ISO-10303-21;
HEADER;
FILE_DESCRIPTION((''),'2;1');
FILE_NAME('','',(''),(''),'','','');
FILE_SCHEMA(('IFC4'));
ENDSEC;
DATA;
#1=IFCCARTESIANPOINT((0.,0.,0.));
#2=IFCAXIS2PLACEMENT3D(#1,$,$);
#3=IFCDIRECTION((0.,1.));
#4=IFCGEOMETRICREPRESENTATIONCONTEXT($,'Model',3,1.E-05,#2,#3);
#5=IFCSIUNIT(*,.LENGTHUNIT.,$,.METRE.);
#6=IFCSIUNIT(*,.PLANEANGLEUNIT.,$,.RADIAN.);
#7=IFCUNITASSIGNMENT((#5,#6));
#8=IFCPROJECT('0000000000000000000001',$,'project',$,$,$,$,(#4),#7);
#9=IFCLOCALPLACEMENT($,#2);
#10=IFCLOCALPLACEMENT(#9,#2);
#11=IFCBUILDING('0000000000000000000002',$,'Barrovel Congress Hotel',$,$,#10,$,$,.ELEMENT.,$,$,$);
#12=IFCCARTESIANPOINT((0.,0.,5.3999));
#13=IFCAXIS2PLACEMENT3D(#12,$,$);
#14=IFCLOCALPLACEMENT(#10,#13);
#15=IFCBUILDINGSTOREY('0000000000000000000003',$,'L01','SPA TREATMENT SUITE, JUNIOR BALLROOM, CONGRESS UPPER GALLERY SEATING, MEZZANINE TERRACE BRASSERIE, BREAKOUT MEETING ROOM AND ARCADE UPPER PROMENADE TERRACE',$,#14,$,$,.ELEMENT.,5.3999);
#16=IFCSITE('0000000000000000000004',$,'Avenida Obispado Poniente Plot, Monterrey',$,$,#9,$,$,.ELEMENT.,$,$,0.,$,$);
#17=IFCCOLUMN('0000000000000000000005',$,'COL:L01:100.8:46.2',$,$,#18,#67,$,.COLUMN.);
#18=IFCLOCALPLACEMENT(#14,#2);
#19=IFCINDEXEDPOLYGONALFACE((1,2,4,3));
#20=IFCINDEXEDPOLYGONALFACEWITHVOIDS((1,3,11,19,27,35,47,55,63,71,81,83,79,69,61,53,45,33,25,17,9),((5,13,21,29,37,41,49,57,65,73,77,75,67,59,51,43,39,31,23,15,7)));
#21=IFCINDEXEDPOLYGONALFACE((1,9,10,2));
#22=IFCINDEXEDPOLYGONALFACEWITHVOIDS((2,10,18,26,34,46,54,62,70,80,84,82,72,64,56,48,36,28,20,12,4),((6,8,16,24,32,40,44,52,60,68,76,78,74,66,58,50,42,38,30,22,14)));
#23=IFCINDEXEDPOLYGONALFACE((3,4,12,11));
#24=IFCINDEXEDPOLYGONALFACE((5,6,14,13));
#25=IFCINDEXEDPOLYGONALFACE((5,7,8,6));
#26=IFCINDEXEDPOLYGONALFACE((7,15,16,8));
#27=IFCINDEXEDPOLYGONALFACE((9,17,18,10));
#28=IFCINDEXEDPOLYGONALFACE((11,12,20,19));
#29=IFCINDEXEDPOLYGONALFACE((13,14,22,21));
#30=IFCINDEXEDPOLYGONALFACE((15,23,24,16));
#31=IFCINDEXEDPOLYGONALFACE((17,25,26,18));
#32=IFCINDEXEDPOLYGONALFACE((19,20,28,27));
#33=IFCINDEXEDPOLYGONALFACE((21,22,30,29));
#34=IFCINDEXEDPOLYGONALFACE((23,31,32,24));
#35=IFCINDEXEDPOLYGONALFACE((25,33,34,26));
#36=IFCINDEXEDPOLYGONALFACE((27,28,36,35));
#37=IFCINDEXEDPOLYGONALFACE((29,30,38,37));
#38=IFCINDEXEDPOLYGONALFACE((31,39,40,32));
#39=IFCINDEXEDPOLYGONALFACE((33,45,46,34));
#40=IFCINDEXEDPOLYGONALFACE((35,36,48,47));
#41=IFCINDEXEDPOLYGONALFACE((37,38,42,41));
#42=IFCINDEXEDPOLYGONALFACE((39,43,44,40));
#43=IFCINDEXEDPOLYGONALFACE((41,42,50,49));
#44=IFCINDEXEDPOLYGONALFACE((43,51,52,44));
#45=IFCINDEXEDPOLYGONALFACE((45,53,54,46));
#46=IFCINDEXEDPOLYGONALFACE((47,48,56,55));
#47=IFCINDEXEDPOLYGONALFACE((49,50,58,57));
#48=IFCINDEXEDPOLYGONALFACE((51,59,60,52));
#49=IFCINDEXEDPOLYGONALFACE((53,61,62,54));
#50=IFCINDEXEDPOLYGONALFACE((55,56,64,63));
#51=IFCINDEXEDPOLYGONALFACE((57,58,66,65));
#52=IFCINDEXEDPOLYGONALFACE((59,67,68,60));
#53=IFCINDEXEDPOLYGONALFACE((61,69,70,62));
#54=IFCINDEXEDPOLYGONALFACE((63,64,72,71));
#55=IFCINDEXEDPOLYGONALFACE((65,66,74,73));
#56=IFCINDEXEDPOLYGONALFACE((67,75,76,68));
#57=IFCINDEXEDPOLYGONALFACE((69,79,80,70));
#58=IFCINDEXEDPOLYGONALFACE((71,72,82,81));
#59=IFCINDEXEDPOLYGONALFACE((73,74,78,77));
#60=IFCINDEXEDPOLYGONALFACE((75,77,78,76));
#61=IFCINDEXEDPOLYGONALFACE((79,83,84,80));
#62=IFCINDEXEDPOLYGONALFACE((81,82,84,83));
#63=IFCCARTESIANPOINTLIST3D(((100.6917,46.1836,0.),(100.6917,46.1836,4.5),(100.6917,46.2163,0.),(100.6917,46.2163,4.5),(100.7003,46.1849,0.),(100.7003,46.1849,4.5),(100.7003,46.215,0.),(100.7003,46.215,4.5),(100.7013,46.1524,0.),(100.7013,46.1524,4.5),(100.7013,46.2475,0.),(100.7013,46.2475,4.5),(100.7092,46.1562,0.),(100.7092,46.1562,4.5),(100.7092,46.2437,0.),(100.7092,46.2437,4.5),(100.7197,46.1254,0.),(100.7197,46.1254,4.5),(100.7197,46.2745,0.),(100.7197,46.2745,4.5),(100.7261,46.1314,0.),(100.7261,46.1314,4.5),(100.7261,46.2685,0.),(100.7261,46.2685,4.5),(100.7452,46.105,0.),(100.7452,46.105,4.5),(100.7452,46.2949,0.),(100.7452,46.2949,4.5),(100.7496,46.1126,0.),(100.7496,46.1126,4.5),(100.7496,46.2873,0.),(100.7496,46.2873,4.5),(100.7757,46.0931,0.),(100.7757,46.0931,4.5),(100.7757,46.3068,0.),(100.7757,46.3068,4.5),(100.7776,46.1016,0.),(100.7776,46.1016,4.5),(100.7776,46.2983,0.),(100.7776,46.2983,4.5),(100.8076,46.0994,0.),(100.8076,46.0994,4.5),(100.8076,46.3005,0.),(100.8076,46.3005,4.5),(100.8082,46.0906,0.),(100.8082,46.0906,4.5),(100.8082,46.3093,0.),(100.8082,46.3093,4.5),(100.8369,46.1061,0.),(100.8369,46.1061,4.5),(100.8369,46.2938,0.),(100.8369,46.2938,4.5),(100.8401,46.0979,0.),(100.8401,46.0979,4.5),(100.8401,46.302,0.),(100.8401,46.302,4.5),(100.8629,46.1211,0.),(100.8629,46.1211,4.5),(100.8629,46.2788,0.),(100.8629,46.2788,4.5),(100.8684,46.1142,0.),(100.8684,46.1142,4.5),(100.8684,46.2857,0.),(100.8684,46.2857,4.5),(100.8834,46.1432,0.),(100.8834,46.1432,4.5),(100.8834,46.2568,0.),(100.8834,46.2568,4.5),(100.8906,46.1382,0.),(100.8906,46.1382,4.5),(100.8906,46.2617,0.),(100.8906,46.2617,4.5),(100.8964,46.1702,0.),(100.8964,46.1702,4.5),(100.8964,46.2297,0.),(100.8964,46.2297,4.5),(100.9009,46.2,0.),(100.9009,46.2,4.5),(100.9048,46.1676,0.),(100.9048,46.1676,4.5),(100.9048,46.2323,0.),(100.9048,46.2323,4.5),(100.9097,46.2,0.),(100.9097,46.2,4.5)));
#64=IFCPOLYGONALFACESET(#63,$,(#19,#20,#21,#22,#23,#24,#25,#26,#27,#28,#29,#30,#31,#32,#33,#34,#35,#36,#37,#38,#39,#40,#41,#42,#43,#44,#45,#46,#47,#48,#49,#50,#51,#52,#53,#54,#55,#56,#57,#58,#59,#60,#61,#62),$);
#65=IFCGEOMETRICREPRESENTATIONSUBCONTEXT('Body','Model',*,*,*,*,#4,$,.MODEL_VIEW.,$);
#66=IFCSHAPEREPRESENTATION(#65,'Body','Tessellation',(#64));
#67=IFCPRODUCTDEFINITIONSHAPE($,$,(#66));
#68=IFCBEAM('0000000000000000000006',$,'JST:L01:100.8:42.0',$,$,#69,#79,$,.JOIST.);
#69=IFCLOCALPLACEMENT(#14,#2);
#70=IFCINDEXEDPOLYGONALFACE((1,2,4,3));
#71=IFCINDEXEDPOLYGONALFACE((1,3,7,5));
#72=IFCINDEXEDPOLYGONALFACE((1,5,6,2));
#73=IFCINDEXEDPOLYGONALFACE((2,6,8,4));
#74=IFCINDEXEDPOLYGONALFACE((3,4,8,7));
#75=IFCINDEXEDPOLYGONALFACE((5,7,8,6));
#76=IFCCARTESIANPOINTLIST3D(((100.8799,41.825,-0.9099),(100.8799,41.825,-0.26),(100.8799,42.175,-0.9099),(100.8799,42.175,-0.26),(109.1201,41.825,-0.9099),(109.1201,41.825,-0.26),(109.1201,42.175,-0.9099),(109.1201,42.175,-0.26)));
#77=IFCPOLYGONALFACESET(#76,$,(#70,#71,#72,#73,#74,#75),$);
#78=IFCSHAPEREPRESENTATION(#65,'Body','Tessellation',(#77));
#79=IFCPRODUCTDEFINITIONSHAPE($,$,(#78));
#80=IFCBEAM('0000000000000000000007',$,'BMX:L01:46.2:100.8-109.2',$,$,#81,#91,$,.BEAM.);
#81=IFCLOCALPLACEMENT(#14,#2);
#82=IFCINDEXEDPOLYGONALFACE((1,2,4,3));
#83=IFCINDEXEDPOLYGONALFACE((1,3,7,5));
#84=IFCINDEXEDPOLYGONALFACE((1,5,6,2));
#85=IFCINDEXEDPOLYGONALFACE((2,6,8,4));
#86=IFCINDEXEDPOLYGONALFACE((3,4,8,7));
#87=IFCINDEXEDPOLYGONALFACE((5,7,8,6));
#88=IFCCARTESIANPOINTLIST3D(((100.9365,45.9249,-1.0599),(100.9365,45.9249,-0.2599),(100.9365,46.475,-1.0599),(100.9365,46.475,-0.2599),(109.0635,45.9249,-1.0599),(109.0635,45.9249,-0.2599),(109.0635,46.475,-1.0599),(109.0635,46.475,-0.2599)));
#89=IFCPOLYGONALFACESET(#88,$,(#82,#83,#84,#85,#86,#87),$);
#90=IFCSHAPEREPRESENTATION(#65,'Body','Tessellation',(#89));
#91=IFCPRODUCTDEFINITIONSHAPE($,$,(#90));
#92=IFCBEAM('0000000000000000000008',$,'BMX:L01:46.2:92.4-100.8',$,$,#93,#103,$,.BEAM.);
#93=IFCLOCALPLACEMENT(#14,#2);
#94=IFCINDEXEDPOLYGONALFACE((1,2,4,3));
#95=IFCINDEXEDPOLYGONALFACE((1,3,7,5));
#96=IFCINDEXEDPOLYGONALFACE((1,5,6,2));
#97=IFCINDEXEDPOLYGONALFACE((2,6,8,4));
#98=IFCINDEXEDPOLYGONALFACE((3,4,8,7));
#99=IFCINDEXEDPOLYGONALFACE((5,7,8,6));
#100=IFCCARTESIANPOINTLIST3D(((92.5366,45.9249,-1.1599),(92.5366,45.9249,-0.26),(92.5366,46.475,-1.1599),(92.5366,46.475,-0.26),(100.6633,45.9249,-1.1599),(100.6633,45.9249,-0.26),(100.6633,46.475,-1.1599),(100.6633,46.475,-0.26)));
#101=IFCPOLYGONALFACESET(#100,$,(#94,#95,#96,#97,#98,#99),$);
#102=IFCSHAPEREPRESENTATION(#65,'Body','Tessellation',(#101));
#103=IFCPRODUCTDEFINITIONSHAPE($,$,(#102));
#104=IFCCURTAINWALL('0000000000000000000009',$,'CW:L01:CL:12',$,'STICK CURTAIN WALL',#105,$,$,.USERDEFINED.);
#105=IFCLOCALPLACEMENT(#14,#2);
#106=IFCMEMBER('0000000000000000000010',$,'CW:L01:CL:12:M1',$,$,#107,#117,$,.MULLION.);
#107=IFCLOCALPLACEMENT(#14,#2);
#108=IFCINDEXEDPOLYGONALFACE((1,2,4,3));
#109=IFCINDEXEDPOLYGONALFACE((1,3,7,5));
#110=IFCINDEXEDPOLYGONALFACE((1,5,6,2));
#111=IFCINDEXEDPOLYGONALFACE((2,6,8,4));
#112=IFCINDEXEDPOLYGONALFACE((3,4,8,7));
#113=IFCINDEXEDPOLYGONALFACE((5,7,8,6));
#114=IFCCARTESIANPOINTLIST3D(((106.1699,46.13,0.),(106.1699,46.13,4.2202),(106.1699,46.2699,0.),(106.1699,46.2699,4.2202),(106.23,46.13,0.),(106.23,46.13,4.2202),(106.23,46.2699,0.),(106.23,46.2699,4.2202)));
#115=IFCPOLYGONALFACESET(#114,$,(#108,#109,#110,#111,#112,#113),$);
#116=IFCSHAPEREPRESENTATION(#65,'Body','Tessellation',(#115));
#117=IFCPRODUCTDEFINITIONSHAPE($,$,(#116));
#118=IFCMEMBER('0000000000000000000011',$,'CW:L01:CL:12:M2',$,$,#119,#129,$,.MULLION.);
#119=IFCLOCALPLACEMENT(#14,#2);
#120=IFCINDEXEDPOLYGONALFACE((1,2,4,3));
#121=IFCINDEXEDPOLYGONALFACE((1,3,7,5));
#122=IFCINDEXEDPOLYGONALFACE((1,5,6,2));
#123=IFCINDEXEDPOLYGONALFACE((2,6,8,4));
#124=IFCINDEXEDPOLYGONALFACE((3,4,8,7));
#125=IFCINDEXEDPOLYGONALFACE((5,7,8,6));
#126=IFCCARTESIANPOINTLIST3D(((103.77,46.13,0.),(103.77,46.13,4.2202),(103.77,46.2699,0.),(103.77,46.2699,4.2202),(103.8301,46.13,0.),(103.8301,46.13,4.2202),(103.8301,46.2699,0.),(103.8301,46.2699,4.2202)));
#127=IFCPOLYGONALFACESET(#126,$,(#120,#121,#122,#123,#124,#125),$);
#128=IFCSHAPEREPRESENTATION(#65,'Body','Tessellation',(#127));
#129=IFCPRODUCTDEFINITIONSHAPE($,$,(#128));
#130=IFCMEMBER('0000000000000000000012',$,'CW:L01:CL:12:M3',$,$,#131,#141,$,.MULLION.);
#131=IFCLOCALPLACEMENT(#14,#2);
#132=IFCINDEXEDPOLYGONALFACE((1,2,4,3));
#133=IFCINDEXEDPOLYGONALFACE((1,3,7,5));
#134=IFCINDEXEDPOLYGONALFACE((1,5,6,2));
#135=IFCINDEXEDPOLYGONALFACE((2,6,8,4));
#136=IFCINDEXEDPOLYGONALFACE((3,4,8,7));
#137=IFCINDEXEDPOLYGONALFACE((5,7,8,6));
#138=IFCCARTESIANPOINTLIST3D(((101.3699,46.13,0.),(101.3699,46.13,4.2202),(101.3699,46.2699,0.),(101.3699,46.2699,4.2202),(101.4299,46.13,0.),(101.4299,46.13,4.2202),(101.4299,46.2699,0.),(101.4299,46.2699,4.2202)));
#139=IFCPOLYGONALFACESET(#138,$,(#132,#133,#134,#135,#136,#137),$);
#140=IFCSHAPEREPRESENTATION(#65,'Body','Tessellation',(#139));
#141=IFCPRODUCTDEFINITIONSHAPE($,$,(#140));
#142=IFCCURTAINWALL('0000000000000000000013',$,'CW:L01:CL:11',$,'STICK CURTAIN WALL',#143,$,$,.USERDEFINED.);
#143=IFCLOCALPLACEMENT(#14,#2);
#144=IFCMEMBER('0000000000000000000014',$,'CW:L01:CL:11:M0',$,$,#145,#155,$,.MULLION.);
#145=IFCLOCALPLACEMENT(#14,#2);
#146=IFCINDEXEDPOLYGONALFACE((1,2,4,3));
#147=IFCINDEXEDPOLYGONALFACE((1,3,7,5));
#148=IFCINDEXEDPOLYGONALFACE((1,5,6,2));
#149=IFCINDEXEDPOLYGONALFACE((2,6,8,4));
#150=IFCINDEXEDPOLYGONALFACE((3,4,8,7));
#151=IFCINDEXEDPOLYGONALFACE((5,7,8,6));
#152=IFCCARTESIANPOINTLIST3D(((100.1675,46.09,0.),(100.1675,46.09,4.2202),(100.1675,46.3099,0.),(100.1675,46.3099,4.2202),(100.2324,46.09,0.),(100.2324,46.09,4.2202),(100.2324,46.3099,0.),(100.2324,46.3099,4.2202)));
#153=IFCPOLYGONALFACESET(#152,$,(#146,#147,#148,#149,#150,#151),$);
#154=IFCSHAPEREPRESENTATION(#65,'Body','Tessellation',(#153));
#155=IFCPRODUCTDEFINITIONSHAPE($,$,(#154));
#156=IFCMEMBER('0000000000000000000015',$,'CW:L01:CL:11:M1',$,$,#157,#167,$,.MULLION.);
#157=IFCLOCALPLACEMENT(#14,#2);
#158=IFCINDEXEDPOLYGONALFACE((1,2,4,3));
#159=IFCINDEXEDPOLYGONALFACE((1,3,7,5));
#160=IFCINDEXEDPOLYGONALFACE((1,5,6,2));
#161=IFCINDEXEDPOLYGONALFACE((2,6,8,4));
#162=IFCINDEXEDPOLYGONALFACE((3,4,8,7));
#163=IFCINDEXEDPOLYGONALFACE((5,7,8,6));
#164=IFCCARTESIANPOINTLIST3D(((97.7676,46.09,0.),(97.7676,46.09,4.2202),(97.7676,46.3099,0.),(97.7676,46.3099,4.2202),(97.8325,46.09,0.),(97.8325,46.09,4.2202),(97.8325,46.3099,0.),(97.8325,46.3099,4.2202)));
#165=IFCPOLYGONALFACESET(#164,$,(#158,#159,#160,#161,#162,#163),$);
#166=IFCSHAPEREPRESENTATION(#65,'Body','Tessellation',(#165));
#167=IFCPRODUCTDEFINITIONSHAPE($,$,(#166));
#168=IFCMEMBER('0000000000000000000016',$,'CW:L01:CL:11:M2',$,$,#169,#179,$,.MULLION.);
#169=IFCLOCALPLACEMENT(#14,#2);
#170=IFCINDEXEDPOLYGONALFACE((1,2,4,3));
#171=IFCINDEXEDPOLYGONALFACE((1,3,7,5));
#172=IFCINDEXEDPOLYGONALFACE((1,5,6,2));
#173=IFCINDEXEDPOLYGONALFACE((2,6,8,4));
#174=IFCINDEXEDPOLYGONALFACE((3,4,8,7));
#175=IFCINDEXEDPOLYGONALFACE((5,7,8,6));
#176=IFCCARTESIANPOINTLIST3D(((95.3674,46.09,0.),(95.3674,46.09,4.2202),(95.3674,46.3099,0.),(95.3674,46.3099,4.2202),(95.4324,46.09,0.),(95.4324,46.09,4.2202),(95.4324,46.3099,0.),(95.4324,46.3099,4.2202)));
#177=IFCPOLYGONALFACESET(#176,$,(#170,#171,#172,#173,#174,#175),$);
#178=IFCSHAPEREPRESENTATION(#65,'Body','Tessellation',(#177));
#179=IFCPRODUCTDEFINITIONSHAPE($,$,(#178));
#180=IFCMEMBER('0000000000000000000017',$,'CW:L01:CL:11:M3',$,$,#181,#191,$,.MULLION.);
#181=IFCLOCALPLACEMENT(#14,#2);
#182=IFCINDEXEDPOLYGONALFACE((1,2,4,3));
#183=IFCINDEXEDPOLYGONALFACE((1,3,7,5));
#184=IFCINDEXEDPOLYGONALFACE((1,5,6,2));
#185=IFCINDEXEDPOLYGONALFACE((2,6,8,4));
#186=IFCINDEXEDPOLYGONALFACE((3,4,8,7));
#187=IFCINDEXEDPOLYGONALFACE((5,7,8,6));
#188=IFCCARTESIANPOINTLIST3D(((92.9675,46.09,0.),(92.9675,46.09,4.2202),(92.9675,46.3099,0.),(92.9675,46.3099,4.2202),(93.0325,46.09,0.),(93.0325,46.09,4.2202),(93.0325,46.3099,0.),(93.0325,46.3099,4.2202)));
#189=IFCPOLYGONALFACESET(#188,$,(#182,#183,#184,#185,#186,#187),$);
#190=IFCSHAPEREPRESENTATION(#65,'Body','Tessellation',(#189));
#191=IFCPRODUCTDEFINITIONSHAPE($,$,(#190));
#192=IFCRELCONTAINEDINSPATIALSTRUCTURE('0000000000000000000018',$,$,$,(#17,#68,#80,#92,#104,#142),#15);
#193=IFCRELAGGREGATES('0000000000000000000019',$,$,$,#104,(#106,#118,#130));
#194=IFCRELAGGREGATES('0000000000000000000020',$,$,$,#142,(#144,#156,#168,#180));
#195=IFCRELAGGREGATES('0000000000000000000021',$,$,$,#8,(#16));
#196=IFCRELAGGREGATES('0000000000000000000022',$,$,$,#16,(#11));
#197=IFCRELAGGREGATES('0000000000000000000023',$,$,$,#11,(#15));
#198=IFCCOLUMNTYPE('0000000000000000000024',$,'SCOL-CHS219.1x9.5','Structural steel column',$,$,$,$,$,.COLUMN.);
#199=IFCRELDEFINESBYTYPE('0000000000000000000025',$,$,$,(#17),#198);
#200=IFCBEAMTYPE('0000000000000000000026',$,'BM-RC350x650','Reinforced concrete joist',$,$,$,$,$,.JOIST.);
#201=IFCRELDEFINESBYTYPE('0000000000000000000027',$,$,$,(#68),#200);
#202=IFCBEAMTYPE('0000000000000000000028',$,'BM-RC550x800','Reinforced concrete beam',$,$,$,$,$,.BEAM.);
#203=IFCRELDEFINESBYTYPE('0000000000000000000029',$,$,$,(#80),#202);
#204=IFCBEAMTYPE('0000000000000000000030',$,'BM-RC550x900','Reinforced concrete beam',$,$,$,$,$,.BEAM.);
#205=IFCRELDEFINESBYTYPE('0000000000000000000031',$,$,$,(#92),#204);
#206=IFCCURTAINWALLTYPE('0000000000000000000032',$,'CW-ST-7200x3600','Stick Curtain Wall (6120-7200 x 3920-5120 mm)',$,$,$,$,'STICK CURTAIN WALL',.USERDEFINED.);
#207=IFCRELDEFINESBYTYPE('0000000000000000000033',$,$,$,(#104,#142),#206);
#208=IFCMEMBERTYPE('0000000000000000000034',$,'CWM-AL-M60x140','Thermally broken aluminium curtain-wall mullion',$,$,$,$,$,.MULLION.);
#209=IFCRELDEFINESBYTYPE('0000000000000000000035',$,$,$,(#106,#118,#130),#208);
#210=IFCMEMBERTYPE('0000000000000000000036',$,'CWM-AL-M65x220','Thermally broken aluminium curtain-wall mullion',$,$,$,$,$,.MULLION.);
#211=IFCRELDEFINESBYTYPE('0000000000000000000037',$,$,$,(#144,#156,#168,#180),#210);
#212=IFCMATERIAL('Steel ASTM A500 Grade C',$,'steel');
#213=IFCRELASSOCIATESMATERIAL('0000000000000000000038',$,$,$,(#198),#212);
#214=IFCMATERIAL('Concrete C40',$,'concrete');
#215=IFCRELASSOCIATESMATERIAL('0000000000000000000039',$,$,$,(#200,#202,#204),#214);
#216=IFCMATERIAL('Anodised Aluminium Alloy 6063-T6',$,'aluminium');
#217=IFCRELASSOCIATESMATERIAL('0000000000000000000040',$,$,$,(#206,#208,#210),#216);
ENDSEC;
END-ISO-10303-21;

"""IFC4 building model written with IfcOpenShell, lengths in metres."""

from ifc_helpers import new_model, si_unit, direction, frame, origin, origin_2d, place, context, subcontext, project, spatial, rectangle, hollow_circle, extrude, material, material_profile, profile_set, type_object, element, aggregate, save


model = new_model("IFC4")

# Units and contexts
model_context = context("Model", 3, precision=1e-05, world=origin(), true_north=direction((0.0, 1.0)))
body_context = subcontext(model_context, "Body", "Model", "MODEL_VIEW")
ifc_project = project(units=[si_unit("LENGTHUNIT", "METRE"), si_unit("PLANEANGLEUNIT", "RADIAN")], contexts=[model_context])

# Site, building, storey
site_placement = place(None, origin())
site = spatial("IfcSite", under=ifc_project, at=site_placement, Name="Avenida Obispado Poniente Plot, Monterrey", CompositionType="ELEMENT", RefElevation=0.0)
building_placement = place(site_placement, origin())
building = spatial("IfcBuilding", under=site, at=building_placement, Name="Barrovel Congress Hotel", CompositionType="ELEMENT")
storey_placement = place(building_placement, frame((0.0, 0.0, 5.3999)))
storey = spatial("IfcBuildingStorey", under=building, at=storey_placement, Name="L01", Description="SPA TREATMENT SUITE, JUNIOR BALLROOM, CONGRESS UPPER GALLERY SEATING, MEZZANINE TERRACE BRASSERIE, BREAKOUT MEETING ROOM AND ARCADE UPPER PROMENADE TERRACE", CompositionType="ELEMENT", Elevation=5.3999)

# Column
ifc_material_1 = material(Name="Steel ASTM A500 Grade C", Category="steel")
ifc_material_profile_1 = material_profile(ifc_material_1, hollow_circle(Radius=0.1096, WallThickness=0.0088, at=origin_2d()), Name="CHS219.1x9.5")
ifc_profile_set_1 = profile_set([ifc_material_profile_1], Name="Steel ASTM A500 Grade C")
column_type = type_object("IfcColumnType", Name="SCOL-CHS219.1x9.5", Description="Structural steel column", PredefinedType="COLUMN", material=ifc_profile_set_1)
column_placement = place(storey_placement, frame((100.8, 46.2, 0.0), z_axis=(0.0, 0.0, 1.0), x_axis=(1.0, 0.0, 0.0)))
element("IfcColumn", 1, at=column_placement, inside=storey, type_object=column_type, Name="COL:L01:100.8:46.2", PredefinedType="COLUMN", context=body_context, shape_type="SweptSolid", body=[
    extrude(hollow_circle(Radius=0.1096, WallThickness=0.0088, at=origin_2d()), origin(), (0.0, 0.0, 1.0), 4.5),
])

# Beams
ifc_material_2 = material(Name="Concrete C40", Category="concrete")
ifc_material_profile_2 = material_profile(ifc_material_2, rectangle(XDim=0.3501, YDim=0.6499, at=origin_2d()), Name="RC350x650")
ifc_profile_set_2 = profile_set([ifc_material_profile_2], Name="Concrete C40")
beam_type_1 = type_object("IfcBeamType", Name="BM-RC350x650", Description="Reinforced concrete joist", PredefinedType="JOIST", material=ifc_profile_set_2)
beam_1_placement = place(storey_placement, frame((100.8799, 42.0, -0.585), z_axis=(1.0, 0.0, 0.0), x_axis=(0.0, 1.0, 0.0)))
element("IfcBeam", 2, at=beam_1_placement, inside=storey, type_object=beam_type_1, Name="JST:L01:100.8:42.0", PredefinedType="JOIST", context=body_context, shape_type="SweptSolid", body=[
    extrude(rectangle(XDim=0.3501, YDim=0.6499, at=origin_2d()), origin(), (0.0, 0.0, 1.0), 8.2402),
])
ifc_material_profile_3 = material_profile(ifc_material_2, rectangle(XDim=0.55, YDim=0.8, at=origin_2d()), Name="RC550x800")
ifc_profile_set_3 = profile_set([ifc_material_profile_3], Name="Concrete C40")
beam_type_2 = type_object("IfcBeamType", Name="BM-RC550x800", Description="Reinforced concrete beam", PredefinedType="BEAM", material=ifc_profile_set_3)
beam_2_placement = place(storey_placement, frame((100.9365, 46.2, -0.6599), z_axis=(1.0, 0.0, 0.0), x_axis=(0.0, 1.0, 0.0)))
element("IfcBeam", 3, at=beam_2_placement, inside=storey, type_object=beam_type_2, Name="BMX:L01:46.2:100.8-109.2", PredefinedType="BEAM", context=body_context, shape_type="SweptSolid", body=[
    extrude(rectangle(XDim=0.55, YDim=0.8, at=origin_2d()), origin(), (0.0, 0.0, 1.0), 8.127),
])
ifc_material_profile_4 = material_profile(ifc_material_2, rectangle(XDim=0.55, YDim=0.8999, at=origin_2d()), Name="RC550x900")
ifc_profile_set_4 = profile_set([ifc_material_profile_4], Name="Concrete C40")
beam_type_3 = type_object("IfcBeamType", Name="BM-RC550x900", Description="Reinforced concrete beam", PredefinedType="BEAM", material=ifc_profile_set_4)
beam_3_placement = place(storey_placement, frame((92.5366, 46.2, -0.71), z_axis=(1.0, 0.0, 0.0), x_axis=(0.0, 1.0, 0.0)))
element("IfcBeam", 4, at=beam_3_placement, inside=storey, type_object=beam_type_3, Name="BMX:L01:46.2:92.4-100.8", PredefinedType="BEAM", context=body_context, shape_type="SweptSolid", body=[
    extrude(rectangle(XDim=0.55, YDim=0.8999, at=origin_2d()), origin(), (0.0, 0.0, 1.0), 8.1267),
])

# Curtain walls, members
ifc_material_3 = material(Name="Anodised Aluminium Alloy 6063-T6", Category="aluminium")
curtain_wall_type = type_object("IfcCurtainWallType", Name="CW-ST-7200x3600", Description="Stick Curtain Wall (6120-7200 x 3920-5120 mm)", ElementType="STICK CURTAIN WALL", PredefinedType="USERDEFINED", material=ifc_material_3)
curtain_wall_1_placement = place(storey_placement, origin())
curtain_wall_1 = element("IfcCurtainWall", 5, at=curtain_wall_1_placement, inside=storey, type_object=curtain_wall_type, Name="CW:L01:CL:12", ObjectType="STICK CURTAIN WALL", PredefinedType="USERDEFINED")
ifc_material_profile_5 = material_profile(ifc_material_3, rectangle(XDim=0.0601, YDim=0.1399, at=origin_2d()), Name="AL-M60x140")
ifc_profile_set_5 = profile_set([ifc_material_profile_5], Name="Anodised Aluminium Alloy 6063-T6")
member_type_1 = type_object("IfcMemberType", Name="CWM-AL-M60x140", Description="Thermally broken aluminium curtain-wall mullion", PredefinedType="MULLION", material=ifc_profile_set_5)
member_1_placement = place(storey_placement, frame((106.2, 46.2, 0.0), z_axis=(0.0, 0.0, 1.0), x_axis=(1.0, 0.0, 0.0)))
member_1 = element("IfcMember", 6, at=member_1_placement, type_object=member_type_1, Name="CW:L01:CL:12:M1", PredefinedType="MULLION", context=body_context, shape_type="SweptSolid", body=[
    extrude(rectangle(XDim=0.0601, YDim=0.1399, at=origin_2d()), origin(), (0.0, 0.0, 1.0), 4.2202),
])
member_2_placement = place(storey_placement, frame((103.8, 46.2, 0.0), z_axis=(0.0, 0.0, 1.0), x_axis=(1.0, 0.0, 0.0)))
member_2 = element("IfcMember", 7, at=member_2_placement, type_object=member_type_1, Name="CW:L01:CL:12:M2", PredefinedType="MULLION", context=body_context, shape_type="SweptSolid", body=[
    extrude(rectangle(XDim=0.0601, YDim=0.1399, at=origin_2d()), origin(), (0.0, 0.0, 1.0), 4.2202),
])
member_3_placement = place(storey_placement, frame((101.3999, 46.2, 0.0), z_axis=(0.0, 0.0, 1.0), x_axis=(1.0, 0.0, 0.0)))
member_3 = element("IfcMember", 8, at=member_3_placement, type_object=member_type_1, Name="CW:L01:CL:12:M3", PredefinedType="MULLION", context=body_context, shape_type="SweptSolid", body=[
    extrude(rectangle(XDim=0.0601, YDim=0.1399, at=origin_2d()), origin(), (0.0, 0.0, 1.0), 4.2202),
])
curtain_wall_2_placement = place(storey_placement, origin())
curtain_wall_2 = element("IfcCurtainWall", 9, at=curtain_wall_2_placement, inside=storey, type_object=curtain_wall_type, Name="CW:L01:CL:11", ObjectType="STICK CURTAIN WALL", PredefinedType="USERDEFINED")
ifc_material_profile_6 = material_profile(ifc_material_3, rectangle(XDim=0.0649, YDim=0.22, at=origin_2d()), Name="AL-M65x220")
ifc_profile_set_6 = profile_set([ifc_material_profile_6], Name="Anodised Aluminium Alloy 6063-T6")
member_type_2 = type_object("IfcMemberType", Name="CWM-AL-M65x220", Description="Thermally broken aluminium curtain-wall mullion", PredefinedType="MULLION", material=ifc_profile_set_6)
member_4_placement = place(storey_placement, frame((100.2, 46.2, 0.0), z_axis=(0.0, 0.0, 1.0), x_axis=(1.0, 0.0, 0.0)))
member_4 = element("IfcMember", 10, at=member_4_placement, type_object=member_type_2, Name="CW:L01:CL:11:M0", PredefinedType="MULLION", context=body_context, shape_type="SweptSolid", body=[
    extrude(rectangle(XDim=0.0649, YDim=0.22, at=origin_2d()), origin(), (0.0, 0.0, 1.0), 4.2202),
])
member_5_placement = place(storey_placement, frame((97.8, 46.2, 0.0), z_axis=(0.0, 0.0, 1.0), x_axis=(1.0, 0.0, 0.0)))
member_5 = element("IfcMember", 11, at=member_5_placement, type_object=member_type_2, Name="CW:L01:CL:11:M1", PredefinedType="MULLION", context=body_context, shape_type="SweptSolid", body=[
    extrude(rectangle(XDim=0.0649, YDim=0.22, at=origin_2d()), origin(), (0.0, 0.0, 1.0), 4.2202),
])
member_6_placement = place(storey_placement, frame((95.3999, 46.2, 0.0), z_axis=(0.0, 0.0, 1.0), x_axis=(1.0, 0.0, 0.0)))
member_6 = element("IfcMember", 12, at=member_6_placement, type_object=member_type_2, Name="CW:L01:CL:11:M2", PredefinedType="MULLION", context=body_context, shape_type="SweptSolid", body=[
    extrude(rectangle(XDim=0.0649, YDim=0.22, at=origin_2d()), origin(), (0.0, 0.0, 1.0), 4.2202),
])
member_7_placement = place(storey_placement, frame((93.0, 46.2, 0.0), z_axis=(0.0, 0.0, 1.0), x_axis=(1.0, 0.0, 0.0)))
member_7 = element("IfcMember", 13, at=member_7_placement, type_object=member_type_2, Name="CW:L01:CL:11:M3", PredefinedType="MULLION", context=body_context, shape_type="SweptSolid", body=[
    extrude(rectangle(XDim=0.0649, YDim=0.22, at=origin_2d()), origin(), (0.0, 0.0, 1.0), 4.2202),
])

aggregate(curtain_wall_1, [member_1, member_2, member_3])
aggregate(curtain_wall_2, [member_4, member_5, member_6, member_7])

save(model, "model.ifc")
